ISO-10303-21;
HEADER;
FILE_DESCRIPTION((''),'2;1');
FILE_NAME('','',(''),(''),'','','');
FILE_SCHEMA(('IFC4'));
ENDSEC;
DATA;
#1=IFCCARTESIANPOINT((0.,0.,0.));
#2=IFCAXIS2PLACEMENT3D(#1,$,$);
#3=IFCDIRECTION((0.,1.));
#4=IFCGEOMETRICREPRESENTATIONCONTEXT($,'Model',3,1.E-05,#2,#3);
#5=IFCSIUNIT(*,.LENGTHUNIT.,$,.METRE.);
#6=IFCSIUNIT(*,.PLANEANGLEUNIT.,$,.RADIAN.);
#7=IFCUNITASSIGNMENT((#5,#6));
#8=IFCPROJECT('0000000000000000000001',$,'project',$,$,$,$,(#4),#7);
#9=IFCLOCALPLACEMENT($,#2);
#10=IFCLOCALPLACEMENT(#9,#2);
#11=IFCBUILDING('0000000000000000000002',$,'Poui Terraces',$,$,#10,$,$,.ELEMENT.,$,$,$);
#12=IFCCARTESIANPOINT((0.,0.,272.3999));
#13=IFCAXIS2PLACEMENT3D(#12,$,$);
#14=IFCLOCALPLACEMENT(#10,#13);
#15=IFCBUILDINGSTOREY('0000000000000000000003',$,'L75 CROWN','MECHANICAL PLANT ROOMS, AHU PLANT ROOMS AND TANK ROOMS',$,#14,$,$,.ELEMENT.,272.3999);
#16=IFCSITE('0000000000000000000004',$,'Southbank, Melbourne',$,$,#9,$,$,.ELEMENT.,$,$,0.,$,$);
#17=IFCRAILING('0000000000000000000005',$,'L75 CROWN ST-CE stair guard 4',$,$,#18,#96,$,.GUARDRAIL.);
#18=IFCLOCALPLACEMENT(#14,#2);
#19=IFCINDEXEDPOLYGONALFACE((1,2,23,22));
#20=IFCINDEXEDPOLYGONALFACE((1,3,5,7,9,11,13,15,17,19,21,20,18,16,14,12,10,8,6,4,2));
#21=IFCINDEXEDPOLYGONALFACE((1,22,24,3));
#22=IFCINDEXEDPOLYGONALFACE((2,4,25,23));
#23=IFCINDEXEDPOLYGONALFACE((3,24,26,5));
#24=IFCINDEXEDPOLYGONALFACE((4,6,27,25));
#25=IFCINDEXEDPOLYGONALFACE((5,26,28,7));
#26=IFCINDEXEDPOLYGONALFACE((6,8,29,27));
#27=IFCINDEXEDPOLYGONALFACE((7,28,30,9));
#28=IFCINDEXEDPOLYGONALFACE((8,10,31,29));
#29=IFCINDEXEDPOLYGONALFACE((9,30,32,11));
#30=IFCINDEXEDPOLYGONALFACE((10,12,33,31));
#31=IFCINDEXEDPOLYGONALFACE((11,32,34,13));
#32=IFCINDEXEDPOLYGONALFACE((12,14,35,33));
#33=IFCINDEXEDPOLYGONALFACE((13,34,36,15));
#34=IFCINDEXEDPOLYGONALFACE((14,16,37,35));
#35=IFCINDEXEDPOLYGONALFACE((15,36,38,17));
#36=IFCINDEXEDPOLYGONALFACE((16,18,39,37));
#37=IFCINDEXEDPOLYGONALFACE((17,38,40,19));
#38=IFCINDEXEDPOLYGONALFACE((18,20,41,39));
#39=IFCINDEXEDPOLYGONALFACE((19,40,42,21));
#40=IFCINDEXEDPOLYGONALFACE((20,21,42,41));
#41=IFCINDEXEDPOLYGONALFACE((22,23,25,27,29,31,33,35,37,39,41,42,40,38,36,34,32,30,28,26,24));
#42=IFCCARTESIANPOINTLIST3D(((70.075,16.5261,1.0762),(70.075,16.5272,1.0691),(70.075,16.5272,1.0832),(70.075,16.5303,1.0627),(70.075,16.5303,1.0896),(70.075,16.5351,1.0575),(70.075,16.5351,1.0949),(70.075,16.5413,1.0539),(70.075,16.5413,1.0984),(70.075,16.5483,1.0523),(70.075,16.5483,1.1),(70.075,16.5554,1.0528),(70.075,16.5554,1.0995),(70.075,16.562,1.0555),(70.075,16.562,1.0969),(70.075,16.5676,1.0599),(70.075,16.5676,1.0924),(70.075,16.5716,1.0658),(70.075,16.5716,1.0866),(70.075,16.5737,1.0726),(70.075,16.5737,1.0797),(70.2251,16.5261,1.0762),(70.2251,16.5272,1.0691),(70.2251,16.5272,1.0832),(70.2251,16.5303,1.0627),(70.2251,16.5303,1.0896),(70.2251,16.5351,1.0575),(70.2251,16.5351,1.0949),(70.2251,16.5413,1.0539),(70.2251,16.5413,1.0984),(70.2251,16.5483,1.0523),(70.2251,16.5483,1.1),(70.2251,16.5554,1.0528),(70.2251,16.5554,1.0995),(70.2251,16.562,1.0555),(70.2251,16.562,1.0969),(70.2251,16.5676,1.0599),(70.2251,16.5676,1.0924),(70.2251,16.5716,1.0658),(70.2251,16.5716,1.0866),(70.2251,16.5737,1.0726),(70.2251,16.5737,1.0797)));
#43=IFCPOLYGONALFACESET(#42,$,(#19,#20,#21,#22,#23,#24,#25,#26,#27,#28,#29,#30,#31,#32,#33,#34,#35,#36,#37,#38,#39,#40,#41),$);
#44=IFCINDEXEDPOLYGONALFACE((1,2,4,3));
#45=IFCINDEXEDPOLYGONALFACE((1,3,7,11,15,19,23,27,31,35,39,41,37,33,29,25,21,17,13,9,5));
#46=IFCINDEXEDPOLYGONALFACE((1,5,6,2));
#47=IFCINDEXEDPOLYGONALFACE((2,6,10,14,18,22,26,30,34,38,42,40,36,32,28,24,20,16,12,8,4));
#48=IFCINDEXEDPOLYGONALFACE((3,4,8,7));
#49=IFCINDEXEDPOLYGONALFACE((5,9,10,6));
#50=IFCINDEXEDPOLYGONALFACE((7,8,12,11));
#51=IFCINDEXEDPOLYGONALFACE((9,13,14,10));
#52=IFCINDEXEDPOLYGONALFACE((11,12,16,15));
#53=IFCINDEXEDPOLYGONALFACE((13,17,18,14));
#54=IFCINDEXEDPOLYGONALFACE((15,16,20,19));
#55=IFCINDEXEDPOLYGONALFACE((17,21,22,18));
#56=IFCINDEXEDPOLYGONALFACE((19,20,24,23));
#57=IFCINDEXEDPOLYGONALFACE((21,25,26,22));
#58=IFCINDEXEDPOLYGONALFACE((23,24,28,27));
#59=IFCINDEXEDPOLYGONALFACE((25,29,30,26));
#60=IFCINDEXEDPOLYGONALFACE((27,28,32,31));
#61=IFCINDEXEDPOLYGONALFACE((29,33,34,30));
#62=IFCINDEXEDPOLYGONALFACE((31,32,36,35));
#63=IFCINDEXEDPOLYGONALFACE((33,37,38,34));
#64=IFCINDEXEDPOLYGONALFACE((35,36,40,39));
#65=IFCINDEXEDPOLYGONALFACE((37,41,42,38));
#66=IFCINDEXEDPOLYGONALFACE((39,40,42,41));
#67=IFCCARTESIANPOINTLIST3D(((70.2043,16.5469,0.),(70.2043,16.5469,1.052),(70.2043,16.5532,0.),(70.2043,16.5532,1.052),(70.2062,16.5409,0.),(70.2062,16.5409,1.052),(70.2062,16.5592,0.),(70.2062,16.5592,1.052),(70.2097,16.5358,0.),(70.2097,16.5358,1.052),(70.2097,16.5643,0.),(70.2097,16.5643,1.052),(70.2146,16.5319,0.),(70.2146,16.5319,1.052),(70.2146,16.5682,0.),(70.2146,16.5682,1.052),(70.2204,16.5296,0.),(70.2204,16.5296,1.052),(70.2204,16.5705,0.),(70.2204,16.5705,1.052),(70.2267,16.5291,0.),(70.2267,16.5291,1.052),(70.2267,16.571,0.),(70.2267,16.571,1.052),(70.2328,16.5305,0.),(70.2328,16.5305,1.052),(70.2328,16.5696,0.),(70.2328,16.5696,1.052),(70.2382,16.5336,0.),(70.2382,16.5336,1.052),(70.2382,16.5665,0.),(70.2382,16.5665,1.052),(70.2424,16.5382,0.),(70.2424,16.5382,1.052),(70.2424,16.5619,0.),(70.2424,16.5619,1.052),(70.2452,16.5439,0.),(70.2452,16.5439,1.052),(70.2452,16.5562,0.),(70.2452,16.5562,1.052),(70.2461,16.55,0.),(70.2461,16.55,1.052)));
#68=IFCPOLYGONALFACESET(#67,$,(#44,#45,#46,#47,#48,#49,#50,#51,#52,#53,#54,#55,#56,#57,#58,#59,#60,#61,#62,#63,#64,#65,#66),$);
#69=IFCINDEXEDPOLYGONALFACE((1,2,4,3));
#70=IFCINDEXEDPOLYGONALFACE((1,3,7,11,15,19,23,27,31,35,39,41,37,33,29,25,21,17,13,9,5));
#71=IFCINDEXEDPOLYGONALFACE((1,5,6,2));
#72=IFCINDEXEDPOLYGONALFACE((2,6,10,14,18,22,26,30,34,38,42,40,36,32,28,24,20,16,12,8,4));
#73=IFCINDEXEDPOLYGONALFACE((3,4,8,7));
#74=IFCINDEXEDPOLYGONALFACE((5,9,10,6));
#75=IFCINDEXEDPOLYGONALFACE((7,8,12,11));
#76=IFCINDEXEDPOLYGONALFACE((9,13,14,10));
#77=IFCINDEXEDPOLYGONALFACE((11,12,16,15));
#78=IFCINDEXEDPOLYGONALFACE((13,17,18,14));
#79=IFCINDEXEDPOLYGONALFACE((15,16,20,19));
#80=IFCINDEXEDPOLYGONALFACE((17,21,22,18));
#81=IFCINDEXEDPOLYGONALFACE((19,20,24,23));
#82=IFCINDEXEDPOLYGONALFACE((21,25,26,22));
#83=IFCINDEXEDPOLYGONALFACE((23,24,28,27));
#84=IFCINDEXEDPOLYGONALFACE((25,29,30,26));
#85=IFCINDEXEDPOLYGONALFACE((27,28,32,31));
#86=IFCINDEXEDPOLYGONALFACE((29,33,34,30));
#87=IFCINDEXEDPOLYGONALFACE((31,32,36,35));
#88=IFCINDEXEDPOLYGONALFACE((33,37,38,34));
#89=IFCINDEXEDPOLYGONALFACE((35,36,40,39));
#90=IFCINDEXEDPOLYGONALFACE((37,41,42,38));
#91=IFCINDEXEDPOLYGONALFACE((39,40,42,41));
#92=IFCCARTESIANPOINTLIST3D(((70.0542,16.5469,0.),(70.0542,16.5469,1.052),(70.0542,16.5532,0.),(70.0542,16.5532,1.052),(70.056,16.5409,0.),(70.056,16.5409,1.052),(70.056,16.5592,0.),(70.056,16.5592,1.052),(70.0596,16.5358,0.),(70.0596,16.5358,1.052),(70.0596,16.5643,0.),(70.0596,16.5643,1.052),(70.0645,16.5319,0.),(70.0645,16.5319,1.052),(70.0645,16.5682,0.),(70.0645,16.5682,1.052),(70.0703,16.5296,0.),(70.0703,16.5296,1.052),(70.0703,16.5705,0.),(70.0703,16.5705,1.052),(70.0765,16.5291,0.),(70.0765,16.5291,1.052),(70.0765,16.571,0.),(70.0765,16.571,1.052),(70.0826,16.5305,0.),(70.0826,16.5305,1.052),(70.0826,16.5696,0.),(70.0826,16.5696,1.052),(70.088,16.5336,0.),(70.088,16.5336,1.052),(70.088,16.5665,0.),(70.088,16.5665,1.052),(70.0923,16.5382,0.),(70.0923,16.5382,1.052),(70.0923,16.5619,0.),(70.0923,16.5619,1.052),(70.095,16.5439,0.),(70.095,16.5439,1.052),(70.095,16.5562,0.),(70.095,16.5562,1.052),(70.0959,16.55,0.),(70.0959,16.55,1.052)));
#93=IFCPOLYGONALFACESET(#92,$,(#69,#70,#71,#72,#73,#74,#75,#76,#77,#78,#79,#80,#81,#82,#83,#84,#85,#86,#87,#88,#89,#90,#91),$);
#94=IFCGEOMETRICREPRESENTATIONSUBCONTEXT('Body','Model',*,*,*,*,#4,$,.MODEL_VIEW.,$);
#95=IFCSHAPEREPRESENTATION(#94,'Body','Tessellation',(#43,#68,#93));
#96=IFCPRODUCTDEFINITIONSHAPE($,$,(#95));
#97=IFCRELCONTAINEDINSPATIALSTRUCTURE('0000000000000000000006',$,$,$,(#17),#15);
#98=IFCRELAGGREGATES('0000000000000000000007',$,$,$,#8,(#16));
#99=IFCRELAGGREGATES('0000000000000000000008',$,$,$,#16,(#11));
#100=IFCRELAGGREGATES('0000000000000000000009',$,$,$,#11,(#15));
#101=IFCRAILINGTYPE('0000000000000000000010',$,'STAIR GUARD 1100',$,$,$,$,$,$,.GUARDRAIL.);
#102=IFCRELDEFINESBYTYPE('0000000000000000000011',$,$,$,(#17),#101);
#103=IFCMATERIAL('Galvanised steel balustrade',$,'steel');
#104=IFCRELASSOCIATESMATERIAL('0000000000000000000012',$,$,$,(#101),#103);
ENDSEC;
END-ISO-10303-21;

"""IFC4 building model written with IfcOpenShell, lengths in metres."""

from ifc_helpers import new_model, si_unit, direction, frame, origin, origin_2d, place, context, subcontext, project, spatial, circle, extrude, material, type_object, element, save


model = new_model("IFC4")

# Units and contexts
model_context = context("Model", 3, precision=1e-05, world=origin(), true_north=direction((0.0, 1.0)))
body_context = subcontext(model_context, "Body", "Model", "MODEL_VIEW")
ifc_project = project(units=[si_unit("LENGTHUNIT", "METRE"), si_unit("PLANEANGLEUNIT", "RADIAN")], contexts=[model_context])

# Site, building, storey
site_placement = place(None, origin())
site = spatial("IfcSite", under=ifc_project, at=site_placement, Name="Southbank, Melbourne", CompositionType="ELEMENT", RefElevation=0.0)
building_placement = place(site_placement, origin())
building = spatial("IfcBuilding", under=site, at=building_placement, Name="Poui Terraces", CompositionType="ELEMENT")
storey_placement = place(building_placement, frame((0.0, 0.0, 272.3999)))
storey = spatial("IfcBuildingStorey", under=building, at=storey_placement, Name="L75 CROWN", Description="MECHANICAL PLANT ROOMS, AHU PLANT ROOMS AND TANK ROOMS", CompositionType="ELEMENT", Elevation=272.3999)

# Railing
ifc_material_1 = material(Name="Galvanised steel balustrade", Category="steel")
railing_type_1 = type_object("IfcRailingType", Name="STAIR GUARD 1100", PredefinedType="GUARDRAIL", material=ifc_material_1)
railing_1_placement = place(storey_placement, frame((70.2251, 16.55, 0.0)))
element("IfcRailing", 1, at=railing_1_placement, inside=storey, type_object=railing_type_1, Name="L75 CROWN ST-CE stair guard 4", PredefinedType="GUARDRAIL", context=body_context, shape_type="SweptSolid", body=[
    extrude(circle(Radius=0.0239, at=origin_2d()), frame((0.0, 0.0, 1.0762), z_axis=(-1.0, 0.0, 0.0), x_axis=(0.0, -1.0, 0.0)), (0.0, 0.0, 1.0), 0.1501),
    extrude(circle(Radius=0.021, at=origin_2d()), origin(), (0.0, 0.0, 1.0), 1.052),
    extrude(circle(Radius=0.021, at=origin_2d()), frame((-0.1501, 0.0, 0.0)), (0.0, 0.0, 1.0), 1.052),
])

save(model, "model.ifc")
